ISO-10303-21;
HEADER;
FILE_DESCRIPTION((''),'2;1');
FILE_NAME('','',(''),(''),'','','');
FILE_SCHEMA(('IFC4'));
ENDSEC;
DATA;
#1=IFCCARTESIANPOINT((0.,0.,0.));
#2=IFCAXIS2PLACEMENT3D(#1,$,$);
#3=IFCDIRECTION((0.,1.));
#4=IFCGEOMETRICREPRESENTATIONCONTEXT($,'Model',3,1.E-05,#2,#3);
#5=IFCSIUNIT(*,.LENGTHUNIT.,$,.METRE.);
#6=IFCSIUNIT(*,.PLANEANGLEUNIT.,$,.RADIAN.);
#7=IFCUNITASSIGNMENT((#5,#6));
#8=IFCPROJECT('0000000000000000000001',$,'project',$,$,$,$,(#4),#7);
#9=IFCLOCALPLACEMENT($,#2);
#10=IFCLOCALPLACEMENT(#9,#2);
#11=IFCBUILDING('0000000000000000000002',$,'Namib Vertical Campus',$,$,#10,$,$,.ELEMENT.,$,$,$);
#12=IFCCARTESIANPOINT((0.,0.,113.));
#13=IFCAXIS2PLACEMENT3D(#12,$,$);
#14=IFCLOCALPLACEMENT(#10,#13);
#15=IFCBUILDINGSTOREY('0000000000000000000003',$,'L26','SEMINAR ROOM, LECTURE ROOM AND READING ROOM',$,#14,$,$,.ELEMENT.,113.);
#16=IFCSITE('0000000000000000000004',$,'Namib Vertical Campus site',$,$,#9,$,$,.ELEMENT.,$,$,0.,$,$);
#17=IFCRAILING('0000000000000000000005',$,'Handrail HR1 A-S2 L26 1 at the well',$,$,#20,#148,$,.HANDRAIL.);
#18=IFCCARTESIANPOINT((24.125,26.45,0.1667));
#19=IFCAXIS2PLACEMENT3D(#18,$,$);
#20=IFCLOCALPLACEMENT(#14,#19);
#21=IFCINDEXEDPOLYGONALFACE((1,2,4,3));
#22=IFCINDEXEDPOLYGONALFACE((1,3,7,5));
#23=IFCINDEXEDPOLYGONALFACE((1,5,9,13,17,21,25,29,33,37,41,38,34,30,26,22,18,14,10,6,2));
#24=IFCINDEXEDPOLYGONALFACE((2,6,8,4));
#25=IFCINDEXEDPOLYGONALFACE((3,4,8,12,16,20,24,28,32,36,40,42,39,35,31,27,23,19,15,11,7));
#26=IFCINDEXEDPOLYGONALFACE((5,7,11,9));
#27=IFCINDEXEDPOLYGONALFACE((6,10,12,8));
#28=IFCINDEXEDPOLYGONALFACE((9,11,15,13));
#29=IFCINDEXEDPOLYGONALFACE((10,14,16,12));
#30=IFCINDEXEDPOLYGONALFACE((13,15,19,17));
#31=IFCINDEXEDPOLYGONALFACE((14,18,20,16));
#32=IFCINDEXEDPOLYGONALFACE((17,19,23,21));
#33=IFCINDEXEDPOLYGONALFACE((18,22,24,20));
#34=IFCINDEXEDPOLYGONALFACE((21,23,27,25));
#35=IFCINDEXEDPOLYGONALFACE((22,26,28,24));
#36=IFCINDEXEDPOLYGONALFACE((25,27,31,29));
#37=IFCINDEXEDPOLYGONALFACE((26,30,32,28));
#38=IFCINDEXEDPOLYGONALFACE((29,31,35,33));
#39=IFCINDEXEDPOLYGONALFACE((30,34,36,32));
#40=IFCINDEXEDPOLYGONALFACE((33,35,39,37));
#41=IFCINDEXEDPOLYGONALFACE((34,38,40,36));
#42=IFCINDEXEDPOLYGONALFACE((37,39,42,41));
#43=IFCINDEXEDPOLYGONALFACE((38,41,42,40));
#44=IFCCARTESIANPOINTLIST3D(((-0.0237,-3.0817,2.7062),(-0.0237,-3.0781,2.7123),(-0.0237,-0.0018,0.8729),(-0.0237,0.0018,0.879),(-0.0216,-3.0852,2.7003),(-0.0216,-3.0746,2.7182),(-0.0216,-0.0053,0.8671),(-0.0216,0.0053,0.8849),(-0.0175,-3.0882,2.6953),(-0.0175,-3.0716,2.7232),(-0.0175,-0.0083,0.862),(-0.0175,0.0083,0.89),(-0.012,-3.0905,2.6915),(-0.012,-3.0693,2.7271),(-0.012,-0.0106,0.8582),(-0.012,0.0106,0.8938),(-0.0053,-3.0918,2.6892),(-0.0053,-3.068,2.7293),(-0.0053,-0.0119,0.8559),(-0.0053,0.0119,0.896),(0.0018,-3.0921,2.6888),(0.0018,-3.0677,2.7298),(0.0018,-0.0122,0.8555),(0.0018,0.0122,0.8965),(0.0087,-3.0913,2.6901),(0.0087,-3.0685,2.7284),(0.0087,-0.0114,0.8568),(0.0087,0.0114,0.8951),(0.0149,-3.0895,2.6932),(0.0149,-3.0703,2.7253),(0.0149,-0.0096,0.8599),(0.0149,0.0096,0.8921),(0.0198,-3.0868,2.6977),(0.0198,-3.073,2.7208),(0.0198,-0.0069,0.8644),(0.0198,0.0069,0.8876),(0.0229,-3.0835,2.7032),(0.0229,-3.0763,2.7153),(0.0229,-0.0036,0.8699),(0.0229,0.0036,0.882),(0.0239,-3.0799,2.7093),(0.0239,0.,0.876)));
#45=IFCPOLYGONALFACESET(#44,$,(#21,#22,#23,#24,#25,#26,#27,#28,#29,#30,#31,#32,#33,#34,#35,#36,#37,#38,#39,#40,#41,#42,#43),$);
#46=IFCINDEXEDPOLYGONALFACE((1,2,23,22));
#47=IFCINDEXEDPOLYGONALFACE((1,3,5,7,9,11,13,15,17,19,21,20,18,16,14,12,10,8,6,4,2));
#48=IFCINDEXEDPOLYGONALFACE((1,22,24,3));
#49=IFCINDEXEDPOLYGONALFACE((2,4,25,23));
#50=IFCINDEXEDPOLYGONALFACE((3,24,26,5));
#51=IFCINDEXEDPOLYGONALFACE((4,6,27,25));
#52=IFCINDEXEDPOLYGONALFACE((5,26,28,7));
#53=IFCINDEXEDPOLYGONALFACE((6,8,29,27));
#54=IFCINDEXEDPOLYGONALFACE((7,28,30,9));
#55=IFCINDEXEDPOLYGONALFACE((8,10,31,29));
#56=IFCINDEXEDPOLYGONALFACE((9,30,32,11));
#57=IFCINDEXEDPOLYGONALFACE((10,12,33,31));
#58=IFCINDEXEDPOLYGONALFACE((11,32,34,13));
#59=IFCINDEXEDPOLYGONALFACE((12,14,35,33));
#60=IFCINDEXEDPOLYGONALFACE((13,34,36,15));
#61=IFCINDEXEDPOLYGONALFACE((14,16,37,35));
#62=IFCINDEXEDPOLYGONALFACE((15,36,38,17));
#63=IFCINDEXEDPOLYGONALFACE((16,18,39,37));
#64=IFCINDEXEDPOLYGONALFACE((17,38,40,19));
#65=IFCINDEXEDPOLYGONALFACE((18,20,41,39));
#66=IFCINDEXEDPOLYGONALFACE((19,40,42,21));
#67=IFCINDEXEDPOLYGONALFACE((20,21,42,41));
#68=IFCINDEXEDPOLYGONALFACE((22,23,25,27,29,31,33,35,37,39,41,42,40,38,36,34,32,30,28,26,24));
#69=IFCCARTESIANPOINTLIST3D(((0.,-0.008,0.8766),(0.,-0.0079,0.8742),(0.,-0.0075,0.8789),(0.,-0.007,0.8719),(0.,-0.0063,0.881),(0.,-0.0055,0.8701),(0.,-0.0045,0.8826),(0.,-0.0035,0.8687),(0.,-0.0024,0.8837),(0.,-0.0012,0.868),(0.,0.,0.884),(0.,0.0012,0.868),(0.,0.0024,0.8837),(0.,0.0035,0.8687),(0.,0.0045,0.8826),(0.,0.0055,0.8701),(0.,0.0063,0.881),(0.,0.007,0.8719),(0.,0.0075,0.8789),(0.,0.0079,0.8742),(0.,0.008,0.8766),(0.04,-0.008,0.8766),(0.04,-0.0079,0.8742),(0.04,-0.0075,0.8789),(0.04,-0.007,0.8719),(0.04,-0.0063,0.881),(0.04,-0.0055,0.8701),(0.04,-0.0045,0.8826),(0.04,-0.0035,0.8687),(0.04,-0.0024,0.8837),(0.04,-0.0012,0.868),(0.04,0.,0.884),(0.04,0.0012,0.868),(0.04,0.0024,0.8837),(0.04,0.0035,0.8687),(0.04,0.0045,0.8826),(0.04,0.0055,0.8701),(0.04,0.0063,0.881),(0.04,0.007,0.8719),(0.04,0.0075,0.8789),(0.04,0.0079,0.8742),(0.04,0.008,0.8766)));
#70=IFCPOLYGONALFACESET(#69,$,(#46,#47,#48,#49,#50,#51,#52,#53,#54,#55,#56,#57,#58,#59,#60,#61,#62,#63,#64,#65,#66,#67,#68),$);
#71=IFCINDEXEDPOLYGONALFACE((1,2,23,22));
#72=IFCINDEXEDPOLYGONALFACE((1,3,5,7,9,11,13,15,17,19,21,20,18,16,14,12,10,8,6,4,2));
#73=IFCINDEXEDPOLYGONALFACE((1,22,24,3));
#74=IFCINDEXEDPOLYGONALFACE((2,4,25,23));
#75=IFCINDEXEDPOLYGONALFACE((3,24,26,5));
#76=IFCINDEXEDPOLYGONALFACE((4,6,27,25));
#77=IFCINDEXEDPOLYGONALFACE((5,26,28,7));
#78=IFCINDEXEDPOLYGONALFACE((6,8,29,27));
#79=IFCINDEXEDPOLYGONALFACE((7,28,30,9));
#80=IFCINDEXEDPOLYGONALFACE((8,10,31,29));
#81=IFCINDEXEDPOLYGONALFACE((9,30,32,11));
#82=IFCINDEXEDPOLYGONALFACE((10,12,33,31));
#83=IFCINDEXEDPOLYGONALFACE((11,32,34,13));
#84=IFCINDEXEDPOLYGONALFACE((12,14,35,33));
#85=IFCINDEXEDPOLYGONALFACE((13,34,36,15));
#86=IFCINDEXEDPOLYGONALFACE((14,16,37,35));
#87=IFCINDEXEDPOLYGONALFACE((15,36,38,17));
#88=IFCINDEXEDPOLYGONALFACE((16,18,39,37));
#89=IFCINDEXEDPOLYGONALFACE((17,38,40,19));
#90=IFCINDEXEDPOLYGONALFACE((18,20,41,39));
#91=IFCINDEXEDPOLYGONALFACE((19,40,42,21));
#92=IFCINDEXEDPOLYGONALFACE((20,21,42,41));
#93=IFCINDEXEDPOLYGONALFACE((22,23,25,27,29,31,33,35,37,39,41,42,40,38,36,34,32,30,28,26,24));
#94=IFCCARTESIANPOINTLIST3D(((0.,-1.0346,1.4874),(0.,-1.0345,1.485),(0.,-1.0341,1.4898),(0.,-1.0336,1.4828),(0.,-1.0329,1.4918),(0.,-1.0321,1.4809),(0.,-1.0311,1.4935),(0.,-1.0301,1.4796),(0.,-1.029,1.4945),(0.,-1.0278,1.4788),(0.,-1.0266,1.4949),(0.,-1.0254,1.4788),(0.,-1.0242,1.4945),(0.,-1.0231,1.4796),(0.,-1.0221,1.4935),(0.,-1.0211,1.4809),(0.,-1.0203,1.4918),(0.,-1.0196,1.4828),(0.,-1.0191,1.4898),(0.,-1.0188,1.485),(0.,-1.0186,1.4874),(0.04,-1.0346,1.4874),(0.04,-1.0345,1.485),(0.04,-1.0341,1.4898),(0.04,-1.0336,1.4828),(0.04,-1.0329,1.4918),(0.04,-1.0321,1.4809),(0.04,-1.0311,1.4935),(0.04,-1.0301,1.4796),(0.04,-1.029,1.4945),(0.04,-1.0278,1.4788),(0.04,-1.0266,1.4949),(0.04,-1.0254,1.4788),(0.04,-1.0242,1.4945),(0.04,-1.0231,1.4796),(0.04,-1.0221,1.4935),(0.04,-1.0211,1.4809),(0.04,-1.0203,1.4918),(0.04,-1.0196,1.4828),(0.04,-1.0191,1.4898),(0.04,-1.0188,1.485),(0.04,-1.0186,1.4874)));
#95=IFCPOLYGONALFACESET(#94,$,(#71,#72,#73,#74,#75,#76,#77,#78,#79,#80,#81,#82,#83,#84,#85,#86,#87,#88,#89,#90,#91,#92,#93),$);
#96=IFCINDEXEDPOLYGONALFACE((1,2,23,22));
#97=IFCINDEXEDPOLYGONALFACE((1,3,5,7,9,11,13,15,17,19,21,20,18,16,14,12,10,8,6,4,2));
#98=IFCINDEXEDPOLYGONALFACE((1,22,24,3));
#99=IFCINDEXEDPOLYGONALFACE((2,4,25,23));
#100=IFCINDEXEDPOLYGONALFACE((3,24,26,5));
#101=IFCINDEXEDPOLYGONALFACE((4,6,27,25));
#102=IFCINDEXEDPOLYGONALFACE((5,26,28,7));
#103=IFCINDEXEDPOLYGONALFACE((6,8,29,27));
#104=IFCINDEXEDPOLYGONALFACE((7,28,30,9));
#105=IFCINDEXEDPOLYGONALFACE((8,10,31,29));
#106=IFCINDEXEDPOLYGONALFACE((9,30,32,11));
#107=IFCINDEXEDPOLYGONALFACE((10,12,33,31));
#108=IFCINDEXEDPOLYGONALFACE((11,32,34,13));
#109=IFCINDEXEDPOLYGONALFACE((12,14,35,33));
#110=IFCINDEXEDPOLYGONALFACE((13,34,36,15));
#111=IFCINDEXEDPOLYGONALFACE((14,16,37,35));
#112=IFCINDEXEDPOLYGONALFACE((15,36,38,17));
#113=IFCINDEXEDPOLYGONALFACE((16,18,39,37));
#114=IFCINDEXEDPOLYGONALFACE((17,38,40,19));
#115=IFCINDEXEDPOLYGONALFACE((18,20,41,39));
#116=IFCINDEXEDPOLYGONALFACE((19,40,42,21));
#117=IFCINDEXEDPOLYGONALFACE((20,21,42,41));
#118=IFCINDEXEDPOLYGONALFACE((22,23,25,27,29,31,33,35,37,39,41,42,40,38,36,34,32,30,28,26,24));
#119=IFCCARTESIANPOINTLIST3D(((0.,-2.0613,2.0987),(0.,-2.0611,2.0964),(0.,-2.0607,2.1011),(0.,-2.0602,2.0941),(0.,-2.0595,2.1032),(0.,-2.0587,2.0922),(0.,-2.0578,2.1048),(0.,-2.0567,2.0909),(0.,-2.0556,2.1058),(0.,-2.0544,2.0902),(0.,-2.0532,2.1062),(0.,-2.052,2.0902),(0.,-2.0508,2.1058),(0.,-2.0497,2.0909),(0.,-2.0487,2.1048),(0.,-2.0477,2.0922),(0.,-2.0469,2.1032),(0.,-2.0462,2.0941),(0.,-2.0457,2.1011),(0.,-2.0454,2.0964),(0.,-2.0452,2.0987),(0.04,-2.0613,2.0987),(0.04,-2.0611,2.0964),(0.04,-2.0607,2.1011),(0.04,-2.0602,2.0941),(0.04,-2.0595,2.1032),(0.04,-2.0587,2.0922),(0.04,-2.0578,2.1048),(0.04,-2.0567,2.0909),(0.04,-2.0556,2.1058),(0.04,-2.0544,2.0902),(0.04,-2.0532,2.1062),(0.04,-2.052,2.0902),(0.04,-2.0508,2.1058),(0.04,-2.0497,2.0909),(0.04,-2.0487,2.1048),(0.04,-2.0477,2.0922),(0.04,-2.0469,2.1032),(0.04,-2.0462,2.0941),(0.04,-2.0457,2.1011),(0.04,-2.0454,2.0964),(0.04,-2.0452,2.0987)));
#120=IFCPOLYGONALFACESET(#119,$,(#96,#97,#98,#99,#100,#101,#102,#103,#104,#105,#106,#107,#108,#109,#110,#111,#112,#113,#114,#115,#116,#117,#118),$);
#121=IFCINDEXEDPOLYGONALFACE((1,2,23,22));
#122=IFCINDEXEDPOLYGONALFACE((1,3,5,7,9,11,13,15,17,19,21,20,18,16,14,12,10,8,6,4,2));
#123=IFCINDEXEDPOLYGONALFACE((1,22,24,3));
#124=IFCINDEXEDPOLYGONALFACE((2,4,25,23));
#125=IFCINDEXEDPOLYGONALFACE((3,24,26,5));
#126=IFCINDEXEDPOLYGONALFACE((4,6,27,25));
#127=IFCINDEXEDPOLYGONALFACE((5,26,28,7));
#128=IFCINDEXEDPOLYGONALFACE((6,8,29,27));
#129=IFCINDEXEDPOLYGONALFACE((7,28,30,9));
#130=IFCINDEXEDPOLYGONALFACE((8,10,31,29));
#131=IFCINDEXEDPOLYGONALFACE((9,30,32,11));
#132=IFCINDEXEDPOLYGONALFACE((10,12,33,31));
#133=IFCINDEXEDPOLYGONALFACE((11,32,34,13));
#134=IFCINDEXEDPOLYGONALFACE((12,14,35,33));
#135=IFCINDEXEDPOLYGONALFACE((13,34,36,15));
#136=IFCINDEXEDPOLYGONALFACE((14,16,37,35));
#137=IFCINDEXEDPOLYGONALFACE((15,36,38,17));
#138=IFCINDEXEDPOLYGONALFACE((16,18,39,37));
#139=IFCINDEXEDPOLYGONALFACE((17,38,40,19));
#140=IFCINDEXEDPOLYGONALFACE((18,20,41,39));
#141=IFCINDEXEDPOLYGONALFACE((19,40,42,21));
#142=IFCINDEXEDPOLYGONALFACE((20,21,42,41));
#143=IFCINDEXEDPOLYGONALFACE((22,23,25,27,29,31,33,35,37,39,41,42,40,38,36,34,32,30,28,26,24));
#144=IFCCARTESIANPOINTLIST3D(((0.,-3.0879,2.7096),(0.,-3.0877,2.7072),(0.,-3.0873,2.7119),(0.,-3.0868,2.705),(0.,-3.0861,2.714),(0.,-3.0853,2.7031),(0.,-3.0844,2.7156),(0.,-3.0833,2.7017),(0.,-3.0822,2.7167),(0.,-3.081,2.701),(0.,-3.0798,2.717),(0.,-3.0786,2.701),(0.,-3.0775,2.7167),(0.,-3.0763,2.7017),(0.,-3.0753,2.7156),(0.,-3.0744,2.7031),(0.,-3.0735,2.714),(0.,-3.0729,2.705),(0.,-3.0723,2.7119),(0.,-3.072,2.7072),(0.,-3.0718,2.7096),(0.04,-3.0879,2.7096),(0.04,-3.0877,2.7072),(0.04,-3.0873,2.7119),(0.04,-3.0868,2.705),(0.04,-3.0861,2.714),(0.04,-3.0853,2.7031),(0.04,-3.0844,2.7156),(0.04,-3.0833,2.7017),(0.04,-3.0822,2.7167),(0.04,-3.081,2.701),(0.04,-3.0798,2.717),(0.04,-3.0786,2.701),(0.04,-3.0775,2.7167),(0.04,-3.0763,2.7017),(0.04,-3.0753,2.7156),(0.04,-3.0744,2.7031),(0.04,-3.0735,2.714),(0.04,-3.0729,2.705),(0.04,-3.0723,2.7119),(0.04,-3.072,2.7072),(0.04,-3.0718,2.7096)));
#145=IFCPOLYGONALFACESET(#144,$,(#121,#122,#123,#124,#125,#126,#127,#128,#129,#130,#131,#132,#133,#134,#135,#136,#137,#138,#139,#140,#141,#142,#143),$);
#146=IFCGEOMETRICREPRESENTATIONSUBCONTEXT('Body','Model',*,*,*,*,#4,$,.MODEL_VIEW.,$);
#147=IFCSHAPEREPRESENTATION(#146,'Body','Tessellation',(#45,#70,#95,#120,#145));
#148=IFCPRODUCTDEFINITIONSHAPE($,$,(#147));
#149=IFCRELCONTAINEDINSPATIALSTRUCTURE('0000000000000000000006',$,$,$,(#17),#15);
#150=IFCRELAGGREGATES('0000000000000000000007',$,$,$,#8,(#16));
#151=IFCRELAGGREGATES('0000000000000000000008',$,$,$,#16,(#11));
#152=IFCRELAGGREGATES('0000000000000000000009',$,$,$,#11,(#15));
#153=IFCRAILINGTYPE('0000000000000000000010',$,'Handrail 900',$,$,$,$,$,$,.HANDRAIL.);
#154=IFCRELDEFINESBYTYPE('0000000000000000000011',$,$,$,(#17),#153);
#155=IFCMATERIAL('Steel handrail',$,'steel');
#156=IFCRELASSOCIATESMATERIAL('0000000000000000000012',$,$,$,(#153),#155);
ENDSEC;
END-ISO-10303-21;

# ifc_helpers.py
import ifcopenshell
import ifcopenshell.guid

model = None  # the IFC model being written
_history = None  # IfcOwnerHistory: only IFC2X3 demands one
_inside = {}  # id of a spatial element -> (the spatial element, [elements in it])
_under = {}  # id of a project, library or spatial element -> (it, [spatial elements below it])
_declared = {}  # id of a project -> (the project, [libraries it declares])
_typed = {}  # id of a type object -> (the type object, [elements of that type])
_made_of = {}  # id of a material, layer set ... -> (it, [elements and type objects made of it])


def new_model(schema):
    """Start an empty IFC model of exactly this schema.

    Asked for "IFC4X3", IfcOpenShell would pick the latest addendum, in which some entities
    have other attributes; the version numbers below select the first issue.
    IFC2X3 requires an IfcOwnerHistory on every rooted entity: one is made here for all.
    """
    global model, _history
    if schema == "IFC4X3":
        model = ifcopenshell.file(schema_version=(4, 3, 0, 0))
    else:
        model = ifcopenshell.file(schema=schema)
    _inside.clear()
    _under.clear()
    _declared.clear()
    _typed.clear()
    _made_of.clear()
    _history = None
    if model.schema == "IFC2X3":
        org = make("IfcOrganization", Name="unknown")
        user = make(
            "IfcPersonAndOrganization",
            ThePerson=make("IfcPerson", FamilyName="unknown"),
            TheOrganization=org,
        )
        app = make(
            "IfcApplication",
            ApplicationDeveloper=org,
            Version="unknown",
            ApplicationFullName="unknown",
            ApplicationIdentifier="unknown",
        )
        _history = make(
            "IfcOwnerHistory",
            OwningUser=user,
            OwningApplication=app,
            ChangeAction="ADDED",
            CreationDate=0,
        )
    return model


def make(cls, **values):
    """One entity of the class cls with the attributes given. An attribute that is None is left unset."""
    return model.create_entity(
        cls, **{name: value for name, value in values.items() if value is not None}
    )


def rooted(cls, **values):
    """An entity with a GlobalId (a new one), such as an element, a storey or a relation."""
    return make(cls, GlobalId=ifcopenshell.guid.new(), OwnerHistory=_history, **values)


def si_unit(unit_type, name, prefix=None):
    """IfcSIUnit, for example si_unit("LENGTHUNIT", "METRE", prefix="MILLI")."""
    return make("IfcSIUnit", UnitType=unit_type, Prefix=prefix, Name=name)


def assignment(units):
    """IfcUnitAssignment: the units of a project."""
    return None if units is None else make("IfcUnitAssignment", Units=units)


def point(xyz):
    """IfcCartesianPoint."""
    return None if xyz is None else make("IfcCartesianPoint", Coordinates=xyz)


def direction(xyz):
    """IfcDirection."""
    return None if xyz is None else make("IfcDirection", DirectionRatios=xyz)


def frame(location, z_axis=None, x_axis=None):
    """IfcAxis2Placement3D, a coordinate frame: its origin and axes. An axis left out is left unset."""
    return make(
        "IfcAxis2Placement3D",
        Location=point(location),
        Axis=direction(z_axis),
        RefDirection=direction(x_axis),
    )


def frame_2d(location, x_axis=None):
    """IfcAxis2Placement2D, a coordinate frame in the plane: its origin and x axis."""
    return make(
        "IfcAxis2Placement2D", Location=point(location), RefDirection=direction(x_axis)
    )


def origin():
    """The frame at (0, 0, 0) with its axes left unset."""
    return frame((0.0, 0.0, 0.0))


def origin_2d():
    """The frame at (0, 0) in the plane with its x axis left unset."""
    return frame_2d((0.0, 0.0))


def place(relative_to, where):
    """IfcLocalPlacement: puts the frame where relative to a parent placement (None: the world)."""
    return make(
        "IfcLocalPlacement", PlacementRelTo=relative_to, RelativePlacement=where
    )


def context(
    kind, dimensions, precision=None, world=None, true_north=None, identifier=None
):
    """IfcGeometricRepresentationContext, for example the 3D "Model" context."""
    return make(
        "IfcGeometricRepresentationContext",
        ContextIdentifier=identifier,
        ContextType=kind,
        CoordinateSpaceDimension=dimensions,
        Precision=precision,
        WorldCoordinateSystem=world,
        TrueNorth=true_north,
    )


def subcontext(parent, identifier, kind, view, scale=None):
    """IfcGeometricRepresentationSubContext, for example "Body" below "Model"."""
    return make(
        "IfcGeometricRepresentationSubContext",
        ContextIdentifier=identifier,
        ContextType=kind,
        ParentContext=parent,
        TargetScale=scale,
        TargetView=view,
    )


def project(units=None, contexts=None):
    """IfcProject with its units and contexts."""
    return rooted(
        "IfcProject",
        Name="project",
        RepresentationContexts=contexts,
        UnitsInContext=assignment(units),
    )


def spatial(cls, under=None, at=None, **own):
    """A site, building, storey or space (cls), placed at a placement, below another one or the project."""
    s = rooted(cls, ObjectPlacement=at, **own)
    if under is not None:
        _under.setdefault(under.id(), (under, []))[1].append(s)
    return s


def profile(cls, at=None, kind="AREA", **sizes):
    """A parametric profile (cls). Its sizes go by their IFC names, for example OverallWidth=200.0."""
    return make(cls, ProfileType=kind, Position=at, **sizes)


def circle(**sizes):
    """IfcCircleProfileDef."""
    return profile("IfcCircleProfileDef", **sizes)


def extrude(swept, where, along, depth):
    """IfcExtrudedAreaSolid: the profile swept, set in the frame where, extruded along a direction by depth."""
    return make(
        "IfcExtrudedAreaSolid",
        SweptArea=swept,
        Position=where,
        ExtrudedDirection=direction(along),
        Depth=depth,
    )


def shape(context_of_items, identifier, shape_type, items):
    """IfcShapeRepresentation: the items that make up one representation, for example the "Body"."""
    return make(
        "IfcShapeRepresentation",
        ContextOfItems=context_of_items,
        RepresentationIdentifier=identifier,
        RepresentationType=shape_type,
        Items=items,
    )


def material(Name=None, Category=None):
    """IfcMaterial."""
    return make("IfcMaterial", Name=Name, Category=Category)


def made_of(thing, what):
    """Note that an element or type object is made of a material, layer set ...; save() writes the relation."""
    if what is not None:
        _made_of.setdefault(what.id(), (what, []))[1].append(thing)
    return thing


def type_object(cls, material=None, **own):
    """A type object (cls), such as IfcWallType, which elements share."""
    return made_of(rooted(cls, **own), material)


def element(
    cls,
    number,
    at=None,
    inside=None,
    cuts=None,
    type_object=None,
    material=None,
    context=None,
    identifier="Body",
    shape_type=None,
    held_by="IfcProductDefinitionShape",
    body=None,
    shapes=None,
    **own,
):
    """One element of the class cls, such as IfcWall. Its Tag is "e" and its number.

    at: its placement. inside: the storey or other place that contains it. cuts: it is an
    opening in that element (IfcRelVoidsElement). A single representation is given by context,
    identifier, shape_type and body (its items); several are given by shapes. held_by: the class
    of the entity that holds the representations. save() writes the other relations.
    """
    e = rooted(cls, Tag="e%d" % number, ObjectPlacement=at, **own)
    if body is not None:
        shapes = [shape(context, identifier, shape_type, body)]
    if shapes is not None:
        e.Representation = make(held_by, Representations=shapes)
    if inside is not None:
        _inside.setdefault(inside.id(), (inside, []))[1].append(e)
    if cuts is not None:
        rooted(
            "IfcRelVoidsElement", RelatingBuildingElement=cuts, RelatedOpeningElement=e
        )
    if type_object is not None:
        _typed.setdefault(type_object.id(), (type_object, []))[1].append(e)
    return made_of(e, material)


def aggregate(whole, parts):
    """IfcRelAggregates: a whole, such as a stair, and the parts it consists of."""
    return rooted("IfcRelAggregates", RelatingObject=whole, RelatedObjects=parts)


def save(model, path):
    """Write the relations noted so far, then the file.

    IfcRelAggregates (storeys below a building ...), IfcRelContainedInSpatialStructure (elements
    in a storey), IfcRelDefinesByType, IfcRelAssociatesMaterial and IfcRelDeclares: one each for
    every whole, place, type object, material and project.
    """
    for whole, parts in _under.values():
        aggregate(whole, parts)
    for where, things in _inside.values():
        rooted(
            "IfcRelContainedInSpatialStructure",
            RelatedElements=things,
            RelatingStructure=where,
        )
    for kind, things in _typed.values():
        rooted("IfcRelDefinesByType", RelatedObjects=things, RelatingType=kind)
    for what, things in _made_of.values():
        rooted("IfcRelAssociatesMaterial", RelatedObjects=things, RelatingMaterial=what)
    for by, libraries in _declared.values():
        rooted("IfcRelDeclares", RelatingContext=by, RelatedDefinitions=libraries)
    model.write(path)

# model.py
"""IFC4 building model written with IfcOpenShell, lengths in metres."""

from ifc_helpers import new_model, si_unit, direction, frame, origin, origin_2d, place, context, subcontext, project, spatial, circle, extrude, material, type_object, element, save


model = new_model("IFC4")

# Units and contexts
model_context = context("Model", 3, precision=1e-05, world=origin(), true_north=direction((0.0, 1.0)))
body_context = subcontext(model_context, "Body", "Model", "MODEL_VIEW")
ifc_project = project(units=[si_unit("LENGTHUNIT", "METRE"), si_unit("PLANEANGLEUNIT", "RADIAN")], contexts=[model_context])

# Site, building, storey
site_placement = place(None, origin())
site = spatial("IfcSite", under=ifc_project, at=site_placement, Name="Namib Vertical Campus site", CompositionType="ELEMENT", RefElevation=0.0)
building_placement = place(site_placement, origin())
building = spatial("IfcBuilding", under=site, at=building_placement, Name="Namib Vertical Campus", CompositionType="ELEMENT")
storey_placement = place(building_placement, frame((0.0, 0.0, 113.0)))
storey = spatial("IfcBuildingStorey", under=building, at=storey_placement, Name="L26", Description="SEMINAR ROOM, LECTURE ROOM AND READING ROOM", CompositionType="ELEMENT", Elevation=113.0)

# Railing
ifc_material_1 = material(Name="Steel handrail", Category="steel")
railing_type_1 = type_object("IfcRailingType", Name="Handrail 900", PredefinedType="HANDRAIL", material=ifc_material_1)
railing_1_placement = place(storey_placement, frame((24.125, 26.45, 0.1667)))
element("IfcRailing", 1, at=railing_1_placement, inside=storey, type_object=railing_type_1, Name="Handrail HR1 A-S2 L26 1 at the well", PredefinedType="HANDRAIL", context=body_context, shape_type="SweptSolid", body=[
    extrude(circle(Radius=0.0239, at=origin_2d()), frame((0.0, 0.0, 0.876), z_axis=(0.0, -0.859291, 0.511487), x_axis=(1.0, 0.0, 0.0)), (0.0, 0.0, 1.0), 3.5842),
    extrude(circle(Radius=0.0081, at=origin_2d()), frame((0.0, 0.0, 0.876), z_axis=(1.0, 0.0, 0.0), x_axis=(0.0, 0.0, 1.0)), (0.0, 0.0, 1.0), 0.04),
    extrude(circle(Radius=0.0081, at=origin_2d()), frame((0.0, -1.0266, 1.4868), z_axis=(1.0, 0.0, 0.0), x_axis=(0.0, 0.0, 1.0)), (0.0, 0.0, 1.0), 0.04),
    extrude(circle(Radius=0.0081, at=origin_2d()), frame((0.0, -2.0532, 2.0981), z_axis=(1.0, 0.0, 0.0), x_axis=(0.0, 0.0, 1.0)), (0.0, 0.0, 1.0), 0.04),
    extrude(circle(Radius=0.0081, at=origin_2d()), frame((0.0, -3.0798, 2.709), z_axis=(1.0, 0.0, 0.0), x_axis=(0.0, 0.0, 1.0)), (0.0, 0.0, 1.0), 0.04),
])

save(model, "model.ifc")
